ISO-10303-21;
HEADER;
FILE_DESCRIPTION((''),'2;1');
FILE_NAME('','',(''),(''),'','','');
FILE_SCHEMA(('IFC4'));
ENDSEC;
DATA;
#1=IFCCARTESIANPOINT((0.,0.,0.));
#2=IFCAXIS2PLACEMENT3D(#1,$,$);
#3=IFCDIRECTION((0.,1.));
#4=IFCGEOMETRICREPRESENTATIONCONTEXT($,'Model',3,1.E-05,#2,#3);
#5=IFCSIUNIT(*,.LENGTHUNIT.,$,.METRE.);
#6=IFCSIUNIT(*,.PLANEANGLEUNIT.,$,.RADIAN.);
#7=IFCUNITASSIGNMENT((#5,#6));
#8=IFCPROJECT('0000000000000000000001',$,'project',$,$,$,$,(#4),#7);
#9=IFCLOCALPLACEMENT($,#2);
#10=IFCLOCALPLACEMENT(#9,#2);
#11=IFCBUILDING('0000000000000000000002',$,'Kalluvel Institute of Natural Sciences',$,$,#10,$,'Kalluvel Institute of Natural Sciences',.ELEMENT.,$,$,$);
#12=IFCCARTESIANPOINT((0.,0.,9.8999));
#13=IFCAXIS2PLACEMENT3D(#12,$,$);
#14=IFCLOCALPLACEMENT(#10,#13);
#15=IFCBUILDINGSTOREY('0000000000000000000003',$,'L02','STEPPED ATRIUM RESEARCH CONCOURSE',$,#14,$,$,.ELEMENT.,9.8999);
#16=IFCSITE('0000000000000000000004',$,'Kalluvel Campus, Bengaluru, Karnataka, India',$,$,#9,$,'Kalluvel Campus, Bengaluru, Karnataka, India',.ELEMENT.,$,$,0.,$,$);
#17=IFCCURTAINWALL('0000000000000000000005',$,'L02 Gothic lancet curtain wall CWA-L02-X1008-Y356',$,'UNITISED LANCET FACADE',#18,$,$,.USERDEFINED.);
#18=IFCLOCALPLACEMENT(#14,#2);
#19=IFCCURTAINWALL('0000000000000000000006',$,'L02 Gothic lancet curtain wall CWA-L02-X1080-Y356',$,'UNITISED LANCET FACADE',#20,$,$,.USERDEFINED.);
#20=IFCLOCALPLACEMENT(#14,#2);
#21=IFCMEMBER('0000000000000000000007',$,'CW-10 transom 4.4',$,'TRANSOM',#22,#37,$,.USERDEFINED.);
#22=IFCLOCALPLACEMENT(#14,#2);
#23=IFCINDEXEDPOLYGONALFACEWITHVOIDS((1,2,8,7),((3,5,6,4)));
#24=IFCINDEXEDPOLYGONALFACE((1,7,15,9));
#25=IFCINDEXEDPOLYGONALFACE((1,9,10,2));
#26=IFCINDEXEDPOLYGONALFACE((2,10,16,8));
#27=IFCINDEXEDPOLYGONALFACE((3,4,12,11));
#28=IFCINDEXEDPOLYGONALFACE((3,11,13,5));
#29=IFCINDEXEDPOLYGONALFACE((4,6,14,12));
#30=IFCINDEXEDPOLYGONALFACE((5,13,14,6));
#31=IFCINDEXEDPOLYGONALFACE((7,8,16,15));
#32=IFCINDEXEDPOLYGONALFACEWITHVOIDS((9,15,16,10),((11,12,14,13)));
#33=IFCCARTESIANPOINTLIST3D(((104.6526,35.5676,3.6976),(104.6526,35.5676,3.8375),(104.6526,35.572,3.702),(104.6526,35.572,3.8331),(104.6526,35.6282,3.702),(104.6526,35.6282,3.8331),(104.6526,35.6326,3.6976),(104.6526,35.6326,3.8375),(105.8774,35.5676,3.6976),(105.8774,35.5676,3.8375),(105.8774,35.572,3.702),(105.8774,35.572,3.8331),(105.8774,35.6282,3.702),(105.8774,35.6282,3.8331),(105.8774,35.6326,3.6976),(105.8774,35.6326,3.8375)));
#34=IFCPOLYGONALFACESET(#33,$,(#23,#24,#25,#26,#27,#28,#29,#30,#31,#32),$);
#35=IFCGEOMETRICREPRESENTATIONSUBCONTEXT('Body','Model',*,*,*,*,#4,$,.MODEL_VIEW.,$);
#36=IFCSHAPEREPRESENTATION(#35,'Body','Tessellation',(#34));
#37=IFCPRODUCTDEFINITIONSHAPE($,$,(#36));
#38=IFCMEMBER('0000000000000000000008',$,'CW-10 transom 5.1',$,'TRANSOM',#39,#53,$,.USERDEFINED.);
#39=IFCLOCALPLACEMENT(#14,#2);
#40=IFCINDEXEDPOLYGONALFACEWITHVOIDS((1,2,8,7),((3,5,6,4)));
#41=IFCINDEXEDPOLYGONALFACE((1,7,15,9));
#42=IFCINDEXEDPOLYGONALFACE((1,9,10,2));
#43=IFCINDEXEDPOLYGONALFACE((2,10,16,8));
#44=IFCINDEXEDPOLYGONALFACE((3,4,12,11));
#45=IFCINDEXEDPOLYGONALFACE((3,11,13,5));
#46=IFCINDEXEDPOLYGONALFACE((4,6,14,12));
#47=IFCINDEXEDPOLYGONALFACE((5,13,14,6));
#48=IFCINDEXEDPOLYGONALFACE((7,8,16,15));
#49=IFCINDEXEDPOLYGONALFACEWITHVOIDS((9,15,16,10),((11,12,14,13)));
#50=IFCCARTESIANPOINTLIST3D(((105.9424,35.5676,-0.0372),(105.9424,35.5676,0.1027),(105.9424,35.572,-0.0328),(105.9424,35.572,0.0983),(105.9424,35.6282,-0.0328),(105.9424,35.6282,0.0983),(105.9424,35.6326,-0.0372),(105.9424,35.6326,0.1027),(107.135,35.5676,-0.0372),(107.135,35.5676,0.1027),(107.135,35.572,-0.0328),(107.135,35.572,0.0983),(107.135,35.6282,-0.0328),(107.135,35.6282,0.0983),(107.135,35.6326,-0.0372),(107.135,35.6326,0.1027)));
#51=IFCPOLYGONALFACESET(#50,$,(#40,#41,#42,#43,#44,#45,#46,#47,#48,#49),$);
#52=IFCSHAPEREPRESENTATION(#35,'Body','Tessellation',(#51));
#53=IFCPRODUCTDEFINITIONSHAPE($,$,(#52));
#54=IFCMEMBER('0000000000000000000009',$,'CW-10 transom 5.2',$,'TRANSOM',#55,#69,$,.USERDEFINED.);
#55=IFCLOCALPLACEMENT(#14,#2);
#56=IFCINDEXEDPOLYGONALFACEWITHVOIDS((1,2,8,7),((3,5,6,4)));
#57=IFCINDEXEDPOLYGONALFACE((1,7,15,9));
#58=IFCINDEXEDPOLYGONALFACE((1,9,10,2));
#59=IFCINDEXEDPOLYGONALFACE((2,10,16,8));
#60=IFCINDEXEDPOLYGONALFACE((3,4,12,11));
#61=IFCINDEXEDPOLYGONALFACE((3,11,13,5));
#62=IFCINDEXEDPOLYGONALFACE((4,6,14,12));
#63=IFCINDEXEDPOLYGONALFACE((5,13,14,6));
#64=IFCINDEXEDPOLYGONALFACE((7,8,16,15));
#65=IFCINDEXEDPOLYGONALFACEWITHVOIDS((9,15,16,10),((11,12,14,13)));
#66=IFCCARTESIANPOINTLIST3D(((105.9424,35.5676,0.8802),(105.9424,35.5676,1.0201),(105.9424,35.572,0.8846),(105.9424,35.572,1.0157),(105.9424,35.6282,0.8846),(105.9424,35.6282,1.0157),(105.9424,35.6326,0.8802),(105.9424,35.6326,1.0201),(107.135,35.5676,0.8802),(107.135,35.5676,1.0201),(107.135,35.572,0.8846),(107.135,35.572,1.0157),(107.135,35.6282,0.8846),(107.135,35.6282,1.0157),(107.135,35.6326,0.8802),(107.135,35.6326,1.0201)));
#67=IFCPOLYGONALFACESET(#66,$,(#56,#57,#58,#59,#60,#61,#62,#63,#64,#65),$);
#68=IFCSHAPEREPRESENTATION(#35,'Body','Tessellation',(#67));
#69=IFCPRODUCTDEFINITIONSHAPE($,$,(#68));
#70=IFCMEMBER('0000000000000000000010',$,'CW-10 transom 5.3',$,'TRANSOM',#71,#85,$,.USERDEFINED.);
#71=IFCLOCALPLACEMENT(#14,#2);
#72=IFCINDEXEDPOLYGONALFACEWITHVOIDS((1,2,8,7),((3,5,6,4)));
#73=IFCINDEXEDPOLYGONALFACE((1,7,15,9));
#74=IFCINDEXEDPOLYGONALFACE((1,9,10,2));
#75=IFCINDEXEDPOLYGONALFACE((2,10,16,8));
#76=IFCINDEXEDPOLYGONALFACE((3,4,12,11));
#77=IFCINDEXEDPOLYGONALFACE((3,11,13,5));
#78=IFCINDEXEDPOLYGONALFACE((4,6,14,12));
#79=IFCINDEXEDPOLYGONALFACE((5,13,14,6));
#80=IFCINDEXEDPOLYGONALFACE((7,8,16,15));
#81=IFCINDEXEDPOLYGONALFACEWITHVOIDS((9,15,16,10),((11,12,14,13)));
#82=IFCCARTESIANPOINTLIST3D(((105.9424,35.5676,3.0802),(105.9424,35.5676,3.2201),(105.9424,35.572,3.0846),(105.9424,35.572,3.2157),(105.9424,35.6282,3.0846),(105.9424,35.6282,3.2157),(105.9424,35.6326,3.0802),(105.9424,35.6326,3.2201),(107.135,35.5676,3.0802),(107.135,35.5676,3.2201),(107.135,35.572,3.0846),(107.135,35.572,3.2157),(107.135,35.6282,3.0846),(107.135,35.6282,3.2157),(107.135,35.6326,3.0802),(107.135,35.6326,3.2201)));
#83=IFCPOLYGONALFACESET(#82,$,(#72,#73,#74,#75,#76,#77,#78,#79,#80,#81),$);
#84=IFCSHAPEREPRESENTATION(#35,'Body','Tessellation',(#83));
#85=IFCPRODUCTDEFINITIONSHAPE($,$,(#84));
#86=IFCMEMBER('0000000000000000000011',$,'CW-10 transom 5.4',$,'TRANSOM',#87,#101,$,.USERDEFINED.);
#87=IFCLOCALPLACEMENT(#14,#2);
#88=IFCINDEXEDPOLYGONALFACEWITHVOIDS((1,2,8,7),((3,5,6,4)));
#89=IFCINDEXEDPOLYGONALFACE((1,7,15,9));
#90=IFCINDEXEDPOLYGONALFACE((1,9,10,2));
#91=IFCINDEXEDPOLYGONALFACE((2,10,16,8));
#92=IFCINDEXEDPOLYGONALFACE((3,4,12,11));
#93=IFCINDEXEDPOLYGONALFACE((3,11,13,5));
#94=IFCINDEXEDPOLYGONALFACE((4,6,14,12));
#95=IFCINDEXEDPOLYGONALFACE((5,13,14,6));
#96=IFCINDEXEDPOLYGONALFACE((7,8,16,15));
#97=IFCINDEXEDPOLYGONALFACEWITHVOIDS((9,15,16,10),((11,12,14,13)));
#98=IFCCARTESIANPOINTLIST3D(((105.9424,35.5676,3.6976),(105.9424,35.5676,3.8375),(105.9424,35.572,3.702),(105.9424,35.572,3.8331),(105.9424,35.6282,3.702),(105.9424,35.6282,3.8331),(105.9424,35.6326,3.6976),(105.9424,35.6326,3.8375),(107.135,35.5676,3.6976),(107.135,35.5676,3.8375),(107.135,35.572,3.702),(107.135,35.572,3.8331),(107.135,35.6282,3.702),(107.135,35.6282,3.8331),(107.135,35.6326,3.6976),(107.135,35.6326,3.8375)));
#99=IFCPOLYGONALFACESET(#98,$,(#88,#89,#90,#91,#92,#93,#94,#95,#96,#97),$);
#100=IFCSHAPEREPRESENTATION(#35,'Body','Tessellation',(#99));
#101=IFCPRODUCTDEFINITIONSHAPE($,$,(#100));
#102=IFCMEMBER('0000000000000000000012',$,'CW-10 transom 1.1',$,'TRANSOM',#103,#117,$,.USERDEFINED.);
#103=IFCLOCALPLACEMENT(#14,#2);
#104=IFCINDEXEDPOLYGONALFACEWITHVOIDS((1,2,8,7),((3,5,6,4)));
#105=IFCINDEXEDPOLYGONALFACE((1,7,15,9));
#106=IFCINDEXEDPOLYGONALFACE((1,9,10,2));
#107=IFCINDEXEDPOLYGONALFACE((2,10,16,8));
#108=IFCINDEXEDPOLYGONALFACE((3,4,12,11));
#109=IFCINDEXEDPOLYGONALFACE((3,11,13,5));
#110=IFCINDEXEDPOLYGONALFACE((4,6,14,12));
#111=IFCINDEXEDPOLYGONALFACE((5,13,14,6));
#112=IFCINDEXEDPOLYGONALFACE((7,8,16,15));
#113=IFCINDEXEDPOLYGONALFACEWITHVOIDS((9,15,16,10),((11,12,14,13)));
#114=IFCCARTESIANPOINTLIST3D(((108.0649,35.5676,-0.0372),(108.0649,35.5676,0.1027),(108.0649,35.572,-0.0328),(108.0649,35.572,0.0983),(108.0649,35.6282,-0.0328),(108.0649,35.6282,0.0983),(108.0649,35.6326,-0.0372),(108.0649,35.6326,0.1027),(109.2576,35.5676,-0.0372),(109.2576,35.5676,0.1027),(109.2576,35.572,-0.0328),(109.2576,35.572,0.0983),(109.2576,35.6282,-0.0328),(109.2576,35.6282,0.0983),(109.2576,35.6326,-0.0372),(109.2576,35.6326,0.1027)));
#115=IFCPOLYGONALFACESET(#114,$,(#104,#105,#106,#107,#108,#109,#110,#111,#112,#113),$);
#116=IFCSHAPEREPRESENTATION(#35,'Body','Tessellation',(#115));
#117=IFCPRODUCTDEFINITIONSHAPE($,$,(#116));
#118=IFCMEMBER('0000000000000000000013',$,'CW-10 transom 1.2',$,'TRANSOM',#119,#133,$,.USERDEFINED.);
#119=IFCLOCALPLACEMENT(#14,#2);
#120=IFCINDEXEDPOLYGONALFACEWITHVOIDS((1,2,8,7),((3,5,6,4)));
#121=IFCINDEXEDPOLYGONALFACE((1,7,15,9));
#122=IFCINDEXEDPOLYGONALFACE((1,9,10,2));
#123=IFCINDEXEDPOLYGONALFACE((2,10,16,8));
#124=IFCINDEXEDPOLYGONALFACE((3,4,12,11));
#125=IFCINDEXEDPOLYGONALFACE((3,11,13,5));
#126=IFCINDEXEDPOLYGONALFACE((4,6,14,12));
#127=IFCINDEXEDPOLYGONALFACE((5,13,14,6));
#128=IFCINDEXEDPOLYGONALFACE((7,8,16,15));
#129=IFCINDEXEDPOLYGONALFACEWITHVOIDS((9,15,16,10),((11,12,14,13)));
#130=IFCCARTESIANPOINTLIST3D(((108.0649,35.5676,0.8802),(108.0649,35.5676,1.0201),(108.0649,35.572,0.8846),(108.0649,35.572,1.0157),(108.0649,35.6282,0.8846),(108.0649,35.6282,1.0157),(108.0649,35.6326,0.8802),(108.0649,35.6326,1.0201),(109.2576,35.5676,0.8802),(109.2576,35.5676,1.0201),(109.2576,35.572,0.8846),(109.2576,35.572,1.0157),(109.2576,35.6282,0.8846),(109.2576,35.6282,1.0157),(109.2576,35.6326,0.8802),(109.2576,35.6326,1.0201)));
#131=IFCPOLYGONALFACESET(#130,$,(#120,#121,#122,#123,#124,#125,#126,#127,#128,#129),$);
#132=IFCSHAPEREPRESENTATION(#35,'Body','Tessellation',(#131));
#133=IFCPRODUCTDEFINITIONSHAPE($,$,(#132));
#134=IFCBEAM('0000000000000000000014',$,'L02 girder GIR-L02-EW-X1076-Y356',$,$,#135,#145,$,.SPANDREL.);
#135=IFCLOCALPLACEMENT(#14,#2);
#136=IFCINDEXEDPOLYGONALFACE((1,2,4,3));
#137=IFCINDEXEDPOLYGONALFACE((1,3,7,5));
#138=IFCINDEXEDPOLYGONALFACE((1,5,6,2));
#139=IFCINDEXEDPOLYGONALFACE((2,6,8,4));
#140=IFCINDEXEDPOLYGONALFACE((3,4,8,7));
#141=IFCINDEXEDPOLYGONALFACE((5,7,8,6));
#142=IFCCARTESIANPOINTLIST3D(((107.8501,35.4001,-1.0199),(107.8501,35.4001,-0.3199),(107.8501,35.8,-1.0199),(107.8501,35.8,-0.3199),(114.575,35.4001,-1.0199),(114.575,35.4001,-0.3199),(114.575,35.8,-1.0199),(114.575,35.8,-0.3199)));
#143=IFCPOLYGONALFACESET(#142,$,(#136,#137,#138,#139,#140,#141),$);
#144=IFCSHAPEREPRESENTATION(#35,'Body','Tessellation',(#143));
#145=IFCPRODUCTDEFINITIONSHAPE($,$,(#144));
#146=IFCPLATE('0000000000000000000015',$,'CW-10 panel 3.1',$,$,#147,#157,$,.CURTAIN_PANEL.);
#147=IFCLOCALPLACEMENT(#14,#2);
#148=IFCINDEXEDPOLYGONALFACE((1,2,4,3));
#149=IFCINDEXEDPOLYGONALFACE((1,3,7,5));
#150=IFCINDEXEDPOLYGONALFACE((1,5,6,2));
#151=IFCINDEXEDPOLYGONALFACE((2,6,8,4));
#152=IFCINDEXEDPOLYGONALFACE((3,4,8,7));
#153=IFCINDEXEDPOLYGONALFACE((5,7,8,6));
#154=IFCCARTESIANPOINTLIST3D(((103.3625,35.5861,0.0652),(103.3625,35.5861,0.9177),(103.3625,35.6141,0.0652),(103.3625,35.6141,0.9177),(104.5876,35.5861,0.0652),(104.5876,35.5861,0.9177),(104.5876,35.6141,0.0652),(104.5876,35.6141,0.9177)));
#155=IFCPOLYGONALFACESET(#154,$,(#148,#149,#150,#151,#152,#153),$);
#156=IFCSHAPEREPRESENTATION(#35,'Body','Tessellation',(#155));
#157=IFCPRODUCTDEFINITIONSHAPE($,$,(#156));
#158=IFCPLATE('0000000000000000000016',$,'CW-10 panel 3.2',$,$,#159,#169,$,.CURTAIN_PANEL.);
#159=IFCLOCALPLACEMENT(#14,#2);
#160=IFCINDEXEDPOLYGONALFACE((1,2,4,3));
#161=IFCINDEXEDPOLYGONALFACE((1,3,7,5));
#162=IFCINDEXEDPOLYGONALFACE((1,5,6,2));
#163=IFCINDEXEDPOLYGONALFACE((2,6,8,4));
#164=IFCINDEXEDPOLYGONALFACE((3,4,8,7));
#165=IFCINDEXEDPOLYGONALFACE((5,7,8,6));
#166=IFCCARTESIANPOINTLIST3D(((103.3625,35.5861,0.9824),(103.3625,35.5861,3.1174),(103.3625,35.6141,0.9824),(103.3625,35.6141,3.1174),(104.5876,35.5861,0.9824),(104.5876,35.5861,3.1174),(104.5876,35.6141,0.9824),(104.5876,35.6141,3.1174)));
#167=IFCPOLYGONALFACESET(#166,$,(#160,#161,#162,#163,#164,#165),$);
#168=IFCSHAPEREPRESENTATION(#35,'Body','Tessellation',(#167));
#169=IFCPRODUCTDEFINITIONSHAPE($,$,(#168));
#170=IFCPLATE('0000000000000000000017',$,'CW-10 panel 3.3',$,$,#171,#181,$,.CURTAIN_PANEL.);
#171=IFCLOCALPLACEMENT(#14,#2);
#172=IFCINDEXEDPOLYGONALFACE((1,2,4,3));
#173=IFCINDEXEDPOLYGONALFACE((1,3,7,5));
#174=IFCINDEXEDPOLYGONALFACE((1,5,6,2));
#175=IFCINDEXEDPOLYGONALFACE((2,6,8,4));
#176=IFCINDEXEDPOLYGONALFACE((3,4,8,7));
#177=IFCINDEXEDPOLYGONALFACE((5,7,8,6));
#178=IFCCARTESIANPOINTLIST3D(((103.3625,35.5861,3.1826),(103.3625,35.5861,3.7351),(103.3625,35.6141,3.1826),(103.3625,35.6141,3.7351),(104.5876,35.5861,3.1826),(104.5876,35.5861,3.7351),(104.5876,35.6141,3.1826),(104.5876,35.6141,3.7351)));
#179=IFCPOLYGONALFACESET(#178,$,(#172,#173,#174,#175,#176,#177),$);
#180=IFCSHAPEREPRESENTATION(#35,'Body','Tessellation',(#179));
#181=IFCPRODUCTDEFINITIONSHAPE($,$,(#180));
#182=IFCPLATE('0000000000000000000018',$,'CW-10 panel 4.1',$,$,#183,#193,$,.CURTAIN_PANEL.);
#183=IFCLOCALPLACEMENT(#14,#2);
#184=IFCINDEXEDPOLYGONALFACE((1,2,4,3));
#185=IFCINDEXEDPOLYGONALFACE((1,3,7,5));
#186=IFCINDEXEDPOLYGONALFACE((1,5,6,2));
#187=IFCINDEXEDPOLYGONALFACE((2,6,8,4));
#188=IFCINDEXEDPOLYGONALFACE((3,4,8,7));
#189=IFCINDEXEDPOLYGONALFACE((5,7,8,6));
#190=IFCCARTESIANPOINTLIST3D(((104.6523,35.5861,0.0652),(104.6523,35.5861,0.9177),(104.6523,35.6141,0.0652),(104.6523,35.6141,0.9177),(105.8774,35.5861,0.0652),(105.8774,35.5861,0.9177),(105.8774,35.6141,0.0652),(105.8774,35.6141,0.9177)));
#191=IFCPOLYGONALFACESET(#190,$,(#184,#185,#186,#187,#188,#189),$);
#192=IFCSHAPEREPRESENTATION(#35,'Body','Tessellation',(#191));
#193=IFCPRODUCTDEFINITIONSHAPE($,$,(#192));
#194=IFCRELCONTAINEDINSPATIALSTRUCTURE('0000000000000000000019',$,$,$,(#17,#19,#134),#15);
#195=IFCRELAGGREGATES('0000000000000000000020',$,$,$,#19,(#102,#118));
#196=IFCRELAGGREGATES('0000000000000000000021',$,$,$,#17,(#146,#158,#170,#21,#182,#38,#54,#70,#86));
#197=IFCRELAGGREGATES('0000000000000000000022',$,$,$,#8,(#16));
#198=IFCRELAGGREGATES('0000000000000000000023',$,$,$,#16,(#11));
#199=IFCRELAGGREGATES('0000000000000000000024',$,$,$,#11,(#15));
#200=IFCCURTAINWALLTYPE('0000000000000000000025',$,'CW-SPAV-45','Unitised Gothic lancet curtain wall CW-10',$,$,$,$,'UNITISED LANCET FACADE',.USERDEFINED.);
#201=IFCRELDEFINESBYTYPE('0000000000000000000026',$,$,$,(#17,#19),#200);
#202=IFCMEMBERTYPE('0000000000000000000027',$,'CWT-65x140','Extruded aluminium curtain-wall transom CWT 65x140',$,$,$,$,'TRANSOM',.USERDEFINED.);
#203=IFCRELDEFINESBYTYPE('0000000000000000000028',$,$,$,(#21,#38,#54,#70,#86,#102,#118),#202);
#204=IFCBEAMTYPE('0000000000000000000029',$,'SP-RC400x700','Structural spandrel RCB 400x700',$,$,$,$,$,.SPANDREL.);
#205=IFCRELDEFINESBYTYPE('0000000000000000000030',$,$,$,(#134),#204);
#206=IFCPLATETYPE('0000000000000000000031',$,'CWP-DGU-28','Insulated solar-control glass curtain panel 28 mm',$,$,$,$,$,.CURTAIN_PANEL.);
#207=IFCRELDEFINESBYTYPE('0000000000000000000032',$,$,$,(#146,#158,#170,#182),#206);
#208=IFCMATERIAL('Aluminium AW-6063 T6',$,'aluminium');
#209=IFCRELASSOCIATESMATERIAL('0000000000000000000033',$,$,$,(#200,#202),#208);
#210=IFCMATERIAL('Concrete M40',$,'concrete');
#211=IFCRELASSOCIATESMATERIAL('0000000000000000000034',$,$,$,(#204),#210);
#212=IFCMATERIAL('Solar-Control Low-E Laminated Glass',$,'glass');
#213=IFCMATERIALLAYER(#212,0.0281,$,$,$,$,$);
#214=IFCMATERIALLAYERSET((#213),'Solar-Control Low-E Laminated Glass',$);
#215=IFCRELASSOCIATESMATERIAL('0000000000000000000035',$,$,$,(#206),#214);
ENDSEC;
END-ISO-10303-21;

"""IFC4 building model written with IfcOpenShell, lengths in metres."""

from ifc_helpers import new_model, si_unit, direction, frame, origin, origin_2d, place, context, subcontext, project, spatial, rectangle, hollow_rectangle, extrude, material, layer, layer_set, material_profile, profile_set, type_object, element, aggregate, save


model = new_model("IFC4")

# Units and contexts
model_context = context("Model", 3, precision=1e-05, world=origin(), true_north=direction((0.0, 1.0)))
body_context = subcontext(model_context, "Body", "Model", "MODEL_VIEW")
ifc_project = project(units=[si_unit("LENGTHUNIT", "METRE"), si_unit("PLANEANGLEUNIT", "RADIAN")], contexts=[model_context])

# Site, building, storey
site_placement = place(None, origin())
site = spatial("IfcSite", under=ifc_project, at=site_placement, Name="Kalluvel Campus, Bengaluru, Karnataka, India", LongName="Kalluvel Campus, Bengaluru, Karnataka, India", CompositionType="ELEMENT", RefElevation=0.0)
building_placement = place(site_placement, origin())
building = spatial("IfcBuilding", under=site, at=building_placement, Name="Kalluvel Institute of Natural Sciences", LongName="Kalluvel Institute of Natural Sciences", CompositionType="ELEMENT")
storey_placement = place(building_placement, frame((0.0, 0.0, 9.8999)))
storey = spatial("IfcBuildingStorey", under=building, at=storey_placement, Name="L02", Description="STEPPED ATRIUM RESEARCH CONCOURSE", CompositionType="ELEMENT", Elevation=9.8999)

# Shared definitions
ifc_material_1 = material(Name="Concrete M40", Category="concrete")

# Curtain wall
ifc_material_2 = material(Name="Aluminium AW-6063 T6", Category="aluminium")
curtain_wall_type = type_object("IfcCurtainWallType", Name="CW-SPAV-45", Description="Unitised Gothic lancet curtain wall CW-10", ElementType="UNITISED LANCET FACADE", PredefinedType="USERDEFINED", material=ifc_material_2)
curtain_wall_1_placement = place(storey_placement, origin())
curtain_wall_1 = element("IfcCurtainWall", 1, at=curtain_wall_1_placement, inside=storey, type_object=curtain_wall_type, Name="L02 Gothic lancet curtain wall CWA-L02-X1008-Y356", ObjectType="UNITISED LANCET FACADE", PredefinedType="USERDEFINED")

# Curtain wall
curtain_wall_2_placement = place(storey_placement, origin())
curtain_wall_2 = element("IfcCurtainWall", 2, at=curtain_wall_2_placement, inside=storey, type_object=curtain_wall_type, Name="L02 Gothic lancet curtain wall CWA-L02-X1080-Y356", ObjectType="UNITISED LANCET FACADE", PredefinedType="USERDEFINED")

# Members
ifc_material_profile_1 = material_profile(ifc_material_2, hollow_rectangle(XDim=0.0649, YDim=0.1399, WallThickness=0.0044, at=origin_2d()), Name="CWT 65x140")
ifc_profile_set_1 = profile_set([ifc_material_profile_1], Name="Aluminium AW-6063 T6")
member_type_1 = type_object("IfcMemberType", Name="CWT-65x140", Description="Extruded aluminium curtain-wall transom CWT 65x140", ElementType="TRANSOM", PredefinedType="USERDEFINED", material=ifc_profile_set_1)
member_1_placement = place(storey_placement, frame((104.6526, 35.6001, 3.7676), z_axis=(1.0, 0.0, 0.0), x_axis=(0.0, 1.0, 0.0)))
member_1 = element("IfcMember", 3, at=member_1_placement, type_object=member_type_1, Name="CW-10 transom 4.4", ObjectType="TRANSOM", PredefinedType="USERDEFINED", context=body_context, shape_type="SweptSolid", body=[
    extrude(hollow_rectangle(XDim=0.0649, YDim=0.1399, WallThickness=0.0044, at=origin_2d()), origin(), (0.0, 0.0, 1.0), 1.2249),
])
member_2_placement = place(storey_placement, frame((105.9424, 35.6001, 0.0327), z_axis=(1.0, 0.0, 0.0), x_axis=(0.0, 1.0, 0.0)))
member_2 = element("IfcMember", 4, at=member_2_placement, type_object=member_type_1, Name="CW-10 transom 5.1", ObjectType="TRANSOM", PredefinedType="USERDEFINED", context=body_context, shape_type="SweptSolid", body=[
    extrude(hollow_rectangle(XDim=0.0649, YDim=0.1399, WallThickness=0.0044, at=origin_2d()), origin(), (0.0, 0.0, 1.0), 1.1926),
])
member_3_placement = place(storey_placement, frame((105.9424, 35.6001, 0.9502), z_axis=(1.0, 0.0, 0.0), x_axis=(0.0, 1.0, 0.0)))
member_3 = element("IfcMember", 5, at=member_3_placement, type_object=member_type_1, Name="CW-10 transom 5.2", ObjectType="TRANSOM", PredefinedType="USERDEFINED", context=body_context, shape_type="SweptSolid", body=[
    extrude(hollow_rectangle(XDim=0.0649, YDim=0.1399, WallThickness=0.0044, at=origin_2d()), origin(), (0.0, 0.0, 1.0), 1.1926),
])
member_4_placement = place(storey_placement, frame((105.9424, 35.6001, 3.1501), z_axis=(1.0, 0.0, 0.0), x_axis=(0.0, 1.0, 0.0)))
member_4 = element("IfcMember", 6, at=member_4_placement, type_object=member_type_1, Name="CW-10 transom 5.3", ObjectType="TRANSOM", PredefinedType="USERDEFINED", context=body_context, shape_type="SweptSolid", body=[
    extrude(hollow_rectangle(XDim=0.0649, YDim=0.1399, WallThickness=0.0044, at=origin_2d()), origin(), (0.0, 0.0, 1.0), 1.1926),
])
member_5_placement = place(storey_placement, frame((105.9424, 35.6001, 3.7676), z_axis=(1.0, 0.0, 0.0), x_axis=(0.0, 1.0, 0.0)))
member_5 = element("IfcMember", 7, at=member_5_placement, type_object=member_type_1, Name="CW-10 transom 5.4", ObjectType="TRANSOM", PredefinedType="USERDEFINED", context=body_context, shape_type="SweptSolid", body=[
    extrude(hollow_rectangle(XDim=0.0649, YDim=0.1399, WallThickness=0.0044, at=origin_2d()), origin(), (0.0, 0.0, 1.0), 1.1926),
])
member_6_placement = place(storey_placement, frame((108.0649, 35.6001, 0.0327), z_axis=(1.0, 0.0, 0.0), x_axis=(0.0, 1.0, 0.0)))
member_6 = element("IfcMember", 8, at=member_6_placement, type_object=member_type_1, Name="CW-10 transom 1.1", ObjectType="TRANSOM", PredefinedType="USERDEFINED", context=body_context, shape_type="SweptSolid", body=[
    extrude(hollow_rectangle(XDim=0.0649, YDim=0.1399, WallThickness=0.0044, at=origin_2d()), origin(), (0.0, 0.0, 1.0), 1.1926),
])
member_7_placement = place(storey_placement, frame((108.0649, 35.6001, 0.9502), z_axis=(1.0, 0.0, 0.0), x_axis=(0.0, 1.0, 0.0)))
member_7 = element("IfcMember", 9, at=member_7_placement, type_object=member_type_1, Name="CW-10 transom 1.2", ObjectType="TRANSOM", PredefinedType="USERDEFINED", context=body_context, shape_type="SweptSolid", body=[
    extrude(hollow_rectangle(XDim=0.0649, YDim=0.1399, WallThickness=0.0044, at=origin_2d()), origin(), (0.0, 0.0, 1.0), 1.1926),
])
aggregate(curtain_wall_2, [member_6, member_7])

# Beam
ifc_material_profile_2 = material_profile(ifc_material_1, rectangle(XDim=0.3999, YDim=0.7, at=origin_2d()), Name="RCB 400x700")
ifc_profile_set_2 = profile_set([ifc_material_profile_2], Name="Concrete M40")
beam_type = type_object("IfcBeamType", Name="SP-RC400x700", Description="Structural spandrel RCB 400x700", PredefinedType="SPANDREL", material=ifc_profile_set_2)
beam_placement = place(storey_placement, frame((107.8501, 35.6001, -0.6699), z_axis=(1.0, 0.0, 0.0), x_axis=(0.0, 1.0, 0.0)))
element("IfcBeam", 10, at=beam_placement, inside=storey, type_object=beam_type, Name="L02 girder GIR-L02-EW-X1076-Y356", PredefinedType="SPANDREL", context=body_context, shape_type="SweptSolid", body=[
    extrude(rectangle(XDim=0.3999, YDim=0.7, at=origin_2d()), origin(), (0.0, 0.0, 1.0), 6.7249),
])

# Plates
ifc_material_3 = material(Name="Solar-Control Low-E Laminated Glass", Category="glass")
ifc_layer = layer(ifc_material_3, 0.0281)
ifc_layer_set = layer_set([ifc_layer], Name="Solar-Control Low-E Laminated Glass")
plate_type = type_object("IfcPlateType", Name="CWP-DGU-28", Description="Insulated solar-control glass curtain panel 28 mm", PredefinedType="CURTAIN_PANEL", material=ifc_layer_set)
plate_1_placement = place(storey_placement, frame((103.9751, 35.6001, 0.0652), z_axis=(0.0, 0.0, 1.0), x_axis=(1.0, 0.0, 0.0)))
plate_1 = element("IfcPlate", 11, at=plate_1_placement, type_object=plate_type, Name="CW-10 panel 3.1", PredefinedType="CURTAIN_PANEL", context=body_context, shape_type="SweptSolid", body=[
    extrude(rectangle(XDim=1.2251, YDim=0.0281, at=origin_2d()), origin(), (0.0, 0.0, 1.0), 0.8525),
])
plate_2_placement = place(storey_placement, frame((103.9751, 35.6001, 0.9824), z_axis=(0.0, 0.0, 1.0), x_axis=(1.0, 0.0, 0.0)))
plate_2 = element("IfcPlate", 12, at=plate_2_placement, type_object=plate_type, Name="CW-10 panel 3.2", PredefinedType="CURTAIN_PANEL", context=body_context, shape_type="SweptSolid", body=[
    extrude(rectangle(XDim=1.2251, YDim=0.0281, at=origin_2d()), origin(), (0.0, 0.0, 1.0), 2.135),
])
plate_3_placement = place(storey_placement, frame((103.9751, 35.6001, 3.1826), z_axis=(0.0, 0.0, 1.0), x_axis=(1.0, 0.0, 0.0)))
plate_3 = element("IfcPlate", 13, at=plate_3_placement, type_object=plate_type, Name="CW-10 panel 3.3", PredefinedType="CURTAIN_PANEL", context=body_context, shape_type="SweptSolid", body=[
    extrude(rectangle(XDim=1.2251, YDim=0.0281, at=origin_2d()), origin(), (0.0, 0.0, 1.0), 0.5525),
])
plate_4_placement = place(storey_placement, frame((105.2649, 35.6001, 0.0652), z_axis=(0.0, 0.0, 1.0), x_axis=(1.0, 0.0, 0.0)))
plate_4 = element("IfcPlate", 14, at=plate_4_placement, type_object=plate_type, Name="CW-10 panel 4.1", PredefinedType="CURTAIN_PANEL", context=body_context, shape_type="SweptSolid", body=[
    extrude(rectangle(XDim=1.2251, YDim=0.0281, at=origin_2d()), origin(), (0.0, 0.0, 1.0), 0.8525),
])
aggregate(curtain_wall_1, [plate_1, plate_2, plate_3, member_1, plate_4, member_2, member_3, member_4, member_5])

save(model, "model.ifc")
